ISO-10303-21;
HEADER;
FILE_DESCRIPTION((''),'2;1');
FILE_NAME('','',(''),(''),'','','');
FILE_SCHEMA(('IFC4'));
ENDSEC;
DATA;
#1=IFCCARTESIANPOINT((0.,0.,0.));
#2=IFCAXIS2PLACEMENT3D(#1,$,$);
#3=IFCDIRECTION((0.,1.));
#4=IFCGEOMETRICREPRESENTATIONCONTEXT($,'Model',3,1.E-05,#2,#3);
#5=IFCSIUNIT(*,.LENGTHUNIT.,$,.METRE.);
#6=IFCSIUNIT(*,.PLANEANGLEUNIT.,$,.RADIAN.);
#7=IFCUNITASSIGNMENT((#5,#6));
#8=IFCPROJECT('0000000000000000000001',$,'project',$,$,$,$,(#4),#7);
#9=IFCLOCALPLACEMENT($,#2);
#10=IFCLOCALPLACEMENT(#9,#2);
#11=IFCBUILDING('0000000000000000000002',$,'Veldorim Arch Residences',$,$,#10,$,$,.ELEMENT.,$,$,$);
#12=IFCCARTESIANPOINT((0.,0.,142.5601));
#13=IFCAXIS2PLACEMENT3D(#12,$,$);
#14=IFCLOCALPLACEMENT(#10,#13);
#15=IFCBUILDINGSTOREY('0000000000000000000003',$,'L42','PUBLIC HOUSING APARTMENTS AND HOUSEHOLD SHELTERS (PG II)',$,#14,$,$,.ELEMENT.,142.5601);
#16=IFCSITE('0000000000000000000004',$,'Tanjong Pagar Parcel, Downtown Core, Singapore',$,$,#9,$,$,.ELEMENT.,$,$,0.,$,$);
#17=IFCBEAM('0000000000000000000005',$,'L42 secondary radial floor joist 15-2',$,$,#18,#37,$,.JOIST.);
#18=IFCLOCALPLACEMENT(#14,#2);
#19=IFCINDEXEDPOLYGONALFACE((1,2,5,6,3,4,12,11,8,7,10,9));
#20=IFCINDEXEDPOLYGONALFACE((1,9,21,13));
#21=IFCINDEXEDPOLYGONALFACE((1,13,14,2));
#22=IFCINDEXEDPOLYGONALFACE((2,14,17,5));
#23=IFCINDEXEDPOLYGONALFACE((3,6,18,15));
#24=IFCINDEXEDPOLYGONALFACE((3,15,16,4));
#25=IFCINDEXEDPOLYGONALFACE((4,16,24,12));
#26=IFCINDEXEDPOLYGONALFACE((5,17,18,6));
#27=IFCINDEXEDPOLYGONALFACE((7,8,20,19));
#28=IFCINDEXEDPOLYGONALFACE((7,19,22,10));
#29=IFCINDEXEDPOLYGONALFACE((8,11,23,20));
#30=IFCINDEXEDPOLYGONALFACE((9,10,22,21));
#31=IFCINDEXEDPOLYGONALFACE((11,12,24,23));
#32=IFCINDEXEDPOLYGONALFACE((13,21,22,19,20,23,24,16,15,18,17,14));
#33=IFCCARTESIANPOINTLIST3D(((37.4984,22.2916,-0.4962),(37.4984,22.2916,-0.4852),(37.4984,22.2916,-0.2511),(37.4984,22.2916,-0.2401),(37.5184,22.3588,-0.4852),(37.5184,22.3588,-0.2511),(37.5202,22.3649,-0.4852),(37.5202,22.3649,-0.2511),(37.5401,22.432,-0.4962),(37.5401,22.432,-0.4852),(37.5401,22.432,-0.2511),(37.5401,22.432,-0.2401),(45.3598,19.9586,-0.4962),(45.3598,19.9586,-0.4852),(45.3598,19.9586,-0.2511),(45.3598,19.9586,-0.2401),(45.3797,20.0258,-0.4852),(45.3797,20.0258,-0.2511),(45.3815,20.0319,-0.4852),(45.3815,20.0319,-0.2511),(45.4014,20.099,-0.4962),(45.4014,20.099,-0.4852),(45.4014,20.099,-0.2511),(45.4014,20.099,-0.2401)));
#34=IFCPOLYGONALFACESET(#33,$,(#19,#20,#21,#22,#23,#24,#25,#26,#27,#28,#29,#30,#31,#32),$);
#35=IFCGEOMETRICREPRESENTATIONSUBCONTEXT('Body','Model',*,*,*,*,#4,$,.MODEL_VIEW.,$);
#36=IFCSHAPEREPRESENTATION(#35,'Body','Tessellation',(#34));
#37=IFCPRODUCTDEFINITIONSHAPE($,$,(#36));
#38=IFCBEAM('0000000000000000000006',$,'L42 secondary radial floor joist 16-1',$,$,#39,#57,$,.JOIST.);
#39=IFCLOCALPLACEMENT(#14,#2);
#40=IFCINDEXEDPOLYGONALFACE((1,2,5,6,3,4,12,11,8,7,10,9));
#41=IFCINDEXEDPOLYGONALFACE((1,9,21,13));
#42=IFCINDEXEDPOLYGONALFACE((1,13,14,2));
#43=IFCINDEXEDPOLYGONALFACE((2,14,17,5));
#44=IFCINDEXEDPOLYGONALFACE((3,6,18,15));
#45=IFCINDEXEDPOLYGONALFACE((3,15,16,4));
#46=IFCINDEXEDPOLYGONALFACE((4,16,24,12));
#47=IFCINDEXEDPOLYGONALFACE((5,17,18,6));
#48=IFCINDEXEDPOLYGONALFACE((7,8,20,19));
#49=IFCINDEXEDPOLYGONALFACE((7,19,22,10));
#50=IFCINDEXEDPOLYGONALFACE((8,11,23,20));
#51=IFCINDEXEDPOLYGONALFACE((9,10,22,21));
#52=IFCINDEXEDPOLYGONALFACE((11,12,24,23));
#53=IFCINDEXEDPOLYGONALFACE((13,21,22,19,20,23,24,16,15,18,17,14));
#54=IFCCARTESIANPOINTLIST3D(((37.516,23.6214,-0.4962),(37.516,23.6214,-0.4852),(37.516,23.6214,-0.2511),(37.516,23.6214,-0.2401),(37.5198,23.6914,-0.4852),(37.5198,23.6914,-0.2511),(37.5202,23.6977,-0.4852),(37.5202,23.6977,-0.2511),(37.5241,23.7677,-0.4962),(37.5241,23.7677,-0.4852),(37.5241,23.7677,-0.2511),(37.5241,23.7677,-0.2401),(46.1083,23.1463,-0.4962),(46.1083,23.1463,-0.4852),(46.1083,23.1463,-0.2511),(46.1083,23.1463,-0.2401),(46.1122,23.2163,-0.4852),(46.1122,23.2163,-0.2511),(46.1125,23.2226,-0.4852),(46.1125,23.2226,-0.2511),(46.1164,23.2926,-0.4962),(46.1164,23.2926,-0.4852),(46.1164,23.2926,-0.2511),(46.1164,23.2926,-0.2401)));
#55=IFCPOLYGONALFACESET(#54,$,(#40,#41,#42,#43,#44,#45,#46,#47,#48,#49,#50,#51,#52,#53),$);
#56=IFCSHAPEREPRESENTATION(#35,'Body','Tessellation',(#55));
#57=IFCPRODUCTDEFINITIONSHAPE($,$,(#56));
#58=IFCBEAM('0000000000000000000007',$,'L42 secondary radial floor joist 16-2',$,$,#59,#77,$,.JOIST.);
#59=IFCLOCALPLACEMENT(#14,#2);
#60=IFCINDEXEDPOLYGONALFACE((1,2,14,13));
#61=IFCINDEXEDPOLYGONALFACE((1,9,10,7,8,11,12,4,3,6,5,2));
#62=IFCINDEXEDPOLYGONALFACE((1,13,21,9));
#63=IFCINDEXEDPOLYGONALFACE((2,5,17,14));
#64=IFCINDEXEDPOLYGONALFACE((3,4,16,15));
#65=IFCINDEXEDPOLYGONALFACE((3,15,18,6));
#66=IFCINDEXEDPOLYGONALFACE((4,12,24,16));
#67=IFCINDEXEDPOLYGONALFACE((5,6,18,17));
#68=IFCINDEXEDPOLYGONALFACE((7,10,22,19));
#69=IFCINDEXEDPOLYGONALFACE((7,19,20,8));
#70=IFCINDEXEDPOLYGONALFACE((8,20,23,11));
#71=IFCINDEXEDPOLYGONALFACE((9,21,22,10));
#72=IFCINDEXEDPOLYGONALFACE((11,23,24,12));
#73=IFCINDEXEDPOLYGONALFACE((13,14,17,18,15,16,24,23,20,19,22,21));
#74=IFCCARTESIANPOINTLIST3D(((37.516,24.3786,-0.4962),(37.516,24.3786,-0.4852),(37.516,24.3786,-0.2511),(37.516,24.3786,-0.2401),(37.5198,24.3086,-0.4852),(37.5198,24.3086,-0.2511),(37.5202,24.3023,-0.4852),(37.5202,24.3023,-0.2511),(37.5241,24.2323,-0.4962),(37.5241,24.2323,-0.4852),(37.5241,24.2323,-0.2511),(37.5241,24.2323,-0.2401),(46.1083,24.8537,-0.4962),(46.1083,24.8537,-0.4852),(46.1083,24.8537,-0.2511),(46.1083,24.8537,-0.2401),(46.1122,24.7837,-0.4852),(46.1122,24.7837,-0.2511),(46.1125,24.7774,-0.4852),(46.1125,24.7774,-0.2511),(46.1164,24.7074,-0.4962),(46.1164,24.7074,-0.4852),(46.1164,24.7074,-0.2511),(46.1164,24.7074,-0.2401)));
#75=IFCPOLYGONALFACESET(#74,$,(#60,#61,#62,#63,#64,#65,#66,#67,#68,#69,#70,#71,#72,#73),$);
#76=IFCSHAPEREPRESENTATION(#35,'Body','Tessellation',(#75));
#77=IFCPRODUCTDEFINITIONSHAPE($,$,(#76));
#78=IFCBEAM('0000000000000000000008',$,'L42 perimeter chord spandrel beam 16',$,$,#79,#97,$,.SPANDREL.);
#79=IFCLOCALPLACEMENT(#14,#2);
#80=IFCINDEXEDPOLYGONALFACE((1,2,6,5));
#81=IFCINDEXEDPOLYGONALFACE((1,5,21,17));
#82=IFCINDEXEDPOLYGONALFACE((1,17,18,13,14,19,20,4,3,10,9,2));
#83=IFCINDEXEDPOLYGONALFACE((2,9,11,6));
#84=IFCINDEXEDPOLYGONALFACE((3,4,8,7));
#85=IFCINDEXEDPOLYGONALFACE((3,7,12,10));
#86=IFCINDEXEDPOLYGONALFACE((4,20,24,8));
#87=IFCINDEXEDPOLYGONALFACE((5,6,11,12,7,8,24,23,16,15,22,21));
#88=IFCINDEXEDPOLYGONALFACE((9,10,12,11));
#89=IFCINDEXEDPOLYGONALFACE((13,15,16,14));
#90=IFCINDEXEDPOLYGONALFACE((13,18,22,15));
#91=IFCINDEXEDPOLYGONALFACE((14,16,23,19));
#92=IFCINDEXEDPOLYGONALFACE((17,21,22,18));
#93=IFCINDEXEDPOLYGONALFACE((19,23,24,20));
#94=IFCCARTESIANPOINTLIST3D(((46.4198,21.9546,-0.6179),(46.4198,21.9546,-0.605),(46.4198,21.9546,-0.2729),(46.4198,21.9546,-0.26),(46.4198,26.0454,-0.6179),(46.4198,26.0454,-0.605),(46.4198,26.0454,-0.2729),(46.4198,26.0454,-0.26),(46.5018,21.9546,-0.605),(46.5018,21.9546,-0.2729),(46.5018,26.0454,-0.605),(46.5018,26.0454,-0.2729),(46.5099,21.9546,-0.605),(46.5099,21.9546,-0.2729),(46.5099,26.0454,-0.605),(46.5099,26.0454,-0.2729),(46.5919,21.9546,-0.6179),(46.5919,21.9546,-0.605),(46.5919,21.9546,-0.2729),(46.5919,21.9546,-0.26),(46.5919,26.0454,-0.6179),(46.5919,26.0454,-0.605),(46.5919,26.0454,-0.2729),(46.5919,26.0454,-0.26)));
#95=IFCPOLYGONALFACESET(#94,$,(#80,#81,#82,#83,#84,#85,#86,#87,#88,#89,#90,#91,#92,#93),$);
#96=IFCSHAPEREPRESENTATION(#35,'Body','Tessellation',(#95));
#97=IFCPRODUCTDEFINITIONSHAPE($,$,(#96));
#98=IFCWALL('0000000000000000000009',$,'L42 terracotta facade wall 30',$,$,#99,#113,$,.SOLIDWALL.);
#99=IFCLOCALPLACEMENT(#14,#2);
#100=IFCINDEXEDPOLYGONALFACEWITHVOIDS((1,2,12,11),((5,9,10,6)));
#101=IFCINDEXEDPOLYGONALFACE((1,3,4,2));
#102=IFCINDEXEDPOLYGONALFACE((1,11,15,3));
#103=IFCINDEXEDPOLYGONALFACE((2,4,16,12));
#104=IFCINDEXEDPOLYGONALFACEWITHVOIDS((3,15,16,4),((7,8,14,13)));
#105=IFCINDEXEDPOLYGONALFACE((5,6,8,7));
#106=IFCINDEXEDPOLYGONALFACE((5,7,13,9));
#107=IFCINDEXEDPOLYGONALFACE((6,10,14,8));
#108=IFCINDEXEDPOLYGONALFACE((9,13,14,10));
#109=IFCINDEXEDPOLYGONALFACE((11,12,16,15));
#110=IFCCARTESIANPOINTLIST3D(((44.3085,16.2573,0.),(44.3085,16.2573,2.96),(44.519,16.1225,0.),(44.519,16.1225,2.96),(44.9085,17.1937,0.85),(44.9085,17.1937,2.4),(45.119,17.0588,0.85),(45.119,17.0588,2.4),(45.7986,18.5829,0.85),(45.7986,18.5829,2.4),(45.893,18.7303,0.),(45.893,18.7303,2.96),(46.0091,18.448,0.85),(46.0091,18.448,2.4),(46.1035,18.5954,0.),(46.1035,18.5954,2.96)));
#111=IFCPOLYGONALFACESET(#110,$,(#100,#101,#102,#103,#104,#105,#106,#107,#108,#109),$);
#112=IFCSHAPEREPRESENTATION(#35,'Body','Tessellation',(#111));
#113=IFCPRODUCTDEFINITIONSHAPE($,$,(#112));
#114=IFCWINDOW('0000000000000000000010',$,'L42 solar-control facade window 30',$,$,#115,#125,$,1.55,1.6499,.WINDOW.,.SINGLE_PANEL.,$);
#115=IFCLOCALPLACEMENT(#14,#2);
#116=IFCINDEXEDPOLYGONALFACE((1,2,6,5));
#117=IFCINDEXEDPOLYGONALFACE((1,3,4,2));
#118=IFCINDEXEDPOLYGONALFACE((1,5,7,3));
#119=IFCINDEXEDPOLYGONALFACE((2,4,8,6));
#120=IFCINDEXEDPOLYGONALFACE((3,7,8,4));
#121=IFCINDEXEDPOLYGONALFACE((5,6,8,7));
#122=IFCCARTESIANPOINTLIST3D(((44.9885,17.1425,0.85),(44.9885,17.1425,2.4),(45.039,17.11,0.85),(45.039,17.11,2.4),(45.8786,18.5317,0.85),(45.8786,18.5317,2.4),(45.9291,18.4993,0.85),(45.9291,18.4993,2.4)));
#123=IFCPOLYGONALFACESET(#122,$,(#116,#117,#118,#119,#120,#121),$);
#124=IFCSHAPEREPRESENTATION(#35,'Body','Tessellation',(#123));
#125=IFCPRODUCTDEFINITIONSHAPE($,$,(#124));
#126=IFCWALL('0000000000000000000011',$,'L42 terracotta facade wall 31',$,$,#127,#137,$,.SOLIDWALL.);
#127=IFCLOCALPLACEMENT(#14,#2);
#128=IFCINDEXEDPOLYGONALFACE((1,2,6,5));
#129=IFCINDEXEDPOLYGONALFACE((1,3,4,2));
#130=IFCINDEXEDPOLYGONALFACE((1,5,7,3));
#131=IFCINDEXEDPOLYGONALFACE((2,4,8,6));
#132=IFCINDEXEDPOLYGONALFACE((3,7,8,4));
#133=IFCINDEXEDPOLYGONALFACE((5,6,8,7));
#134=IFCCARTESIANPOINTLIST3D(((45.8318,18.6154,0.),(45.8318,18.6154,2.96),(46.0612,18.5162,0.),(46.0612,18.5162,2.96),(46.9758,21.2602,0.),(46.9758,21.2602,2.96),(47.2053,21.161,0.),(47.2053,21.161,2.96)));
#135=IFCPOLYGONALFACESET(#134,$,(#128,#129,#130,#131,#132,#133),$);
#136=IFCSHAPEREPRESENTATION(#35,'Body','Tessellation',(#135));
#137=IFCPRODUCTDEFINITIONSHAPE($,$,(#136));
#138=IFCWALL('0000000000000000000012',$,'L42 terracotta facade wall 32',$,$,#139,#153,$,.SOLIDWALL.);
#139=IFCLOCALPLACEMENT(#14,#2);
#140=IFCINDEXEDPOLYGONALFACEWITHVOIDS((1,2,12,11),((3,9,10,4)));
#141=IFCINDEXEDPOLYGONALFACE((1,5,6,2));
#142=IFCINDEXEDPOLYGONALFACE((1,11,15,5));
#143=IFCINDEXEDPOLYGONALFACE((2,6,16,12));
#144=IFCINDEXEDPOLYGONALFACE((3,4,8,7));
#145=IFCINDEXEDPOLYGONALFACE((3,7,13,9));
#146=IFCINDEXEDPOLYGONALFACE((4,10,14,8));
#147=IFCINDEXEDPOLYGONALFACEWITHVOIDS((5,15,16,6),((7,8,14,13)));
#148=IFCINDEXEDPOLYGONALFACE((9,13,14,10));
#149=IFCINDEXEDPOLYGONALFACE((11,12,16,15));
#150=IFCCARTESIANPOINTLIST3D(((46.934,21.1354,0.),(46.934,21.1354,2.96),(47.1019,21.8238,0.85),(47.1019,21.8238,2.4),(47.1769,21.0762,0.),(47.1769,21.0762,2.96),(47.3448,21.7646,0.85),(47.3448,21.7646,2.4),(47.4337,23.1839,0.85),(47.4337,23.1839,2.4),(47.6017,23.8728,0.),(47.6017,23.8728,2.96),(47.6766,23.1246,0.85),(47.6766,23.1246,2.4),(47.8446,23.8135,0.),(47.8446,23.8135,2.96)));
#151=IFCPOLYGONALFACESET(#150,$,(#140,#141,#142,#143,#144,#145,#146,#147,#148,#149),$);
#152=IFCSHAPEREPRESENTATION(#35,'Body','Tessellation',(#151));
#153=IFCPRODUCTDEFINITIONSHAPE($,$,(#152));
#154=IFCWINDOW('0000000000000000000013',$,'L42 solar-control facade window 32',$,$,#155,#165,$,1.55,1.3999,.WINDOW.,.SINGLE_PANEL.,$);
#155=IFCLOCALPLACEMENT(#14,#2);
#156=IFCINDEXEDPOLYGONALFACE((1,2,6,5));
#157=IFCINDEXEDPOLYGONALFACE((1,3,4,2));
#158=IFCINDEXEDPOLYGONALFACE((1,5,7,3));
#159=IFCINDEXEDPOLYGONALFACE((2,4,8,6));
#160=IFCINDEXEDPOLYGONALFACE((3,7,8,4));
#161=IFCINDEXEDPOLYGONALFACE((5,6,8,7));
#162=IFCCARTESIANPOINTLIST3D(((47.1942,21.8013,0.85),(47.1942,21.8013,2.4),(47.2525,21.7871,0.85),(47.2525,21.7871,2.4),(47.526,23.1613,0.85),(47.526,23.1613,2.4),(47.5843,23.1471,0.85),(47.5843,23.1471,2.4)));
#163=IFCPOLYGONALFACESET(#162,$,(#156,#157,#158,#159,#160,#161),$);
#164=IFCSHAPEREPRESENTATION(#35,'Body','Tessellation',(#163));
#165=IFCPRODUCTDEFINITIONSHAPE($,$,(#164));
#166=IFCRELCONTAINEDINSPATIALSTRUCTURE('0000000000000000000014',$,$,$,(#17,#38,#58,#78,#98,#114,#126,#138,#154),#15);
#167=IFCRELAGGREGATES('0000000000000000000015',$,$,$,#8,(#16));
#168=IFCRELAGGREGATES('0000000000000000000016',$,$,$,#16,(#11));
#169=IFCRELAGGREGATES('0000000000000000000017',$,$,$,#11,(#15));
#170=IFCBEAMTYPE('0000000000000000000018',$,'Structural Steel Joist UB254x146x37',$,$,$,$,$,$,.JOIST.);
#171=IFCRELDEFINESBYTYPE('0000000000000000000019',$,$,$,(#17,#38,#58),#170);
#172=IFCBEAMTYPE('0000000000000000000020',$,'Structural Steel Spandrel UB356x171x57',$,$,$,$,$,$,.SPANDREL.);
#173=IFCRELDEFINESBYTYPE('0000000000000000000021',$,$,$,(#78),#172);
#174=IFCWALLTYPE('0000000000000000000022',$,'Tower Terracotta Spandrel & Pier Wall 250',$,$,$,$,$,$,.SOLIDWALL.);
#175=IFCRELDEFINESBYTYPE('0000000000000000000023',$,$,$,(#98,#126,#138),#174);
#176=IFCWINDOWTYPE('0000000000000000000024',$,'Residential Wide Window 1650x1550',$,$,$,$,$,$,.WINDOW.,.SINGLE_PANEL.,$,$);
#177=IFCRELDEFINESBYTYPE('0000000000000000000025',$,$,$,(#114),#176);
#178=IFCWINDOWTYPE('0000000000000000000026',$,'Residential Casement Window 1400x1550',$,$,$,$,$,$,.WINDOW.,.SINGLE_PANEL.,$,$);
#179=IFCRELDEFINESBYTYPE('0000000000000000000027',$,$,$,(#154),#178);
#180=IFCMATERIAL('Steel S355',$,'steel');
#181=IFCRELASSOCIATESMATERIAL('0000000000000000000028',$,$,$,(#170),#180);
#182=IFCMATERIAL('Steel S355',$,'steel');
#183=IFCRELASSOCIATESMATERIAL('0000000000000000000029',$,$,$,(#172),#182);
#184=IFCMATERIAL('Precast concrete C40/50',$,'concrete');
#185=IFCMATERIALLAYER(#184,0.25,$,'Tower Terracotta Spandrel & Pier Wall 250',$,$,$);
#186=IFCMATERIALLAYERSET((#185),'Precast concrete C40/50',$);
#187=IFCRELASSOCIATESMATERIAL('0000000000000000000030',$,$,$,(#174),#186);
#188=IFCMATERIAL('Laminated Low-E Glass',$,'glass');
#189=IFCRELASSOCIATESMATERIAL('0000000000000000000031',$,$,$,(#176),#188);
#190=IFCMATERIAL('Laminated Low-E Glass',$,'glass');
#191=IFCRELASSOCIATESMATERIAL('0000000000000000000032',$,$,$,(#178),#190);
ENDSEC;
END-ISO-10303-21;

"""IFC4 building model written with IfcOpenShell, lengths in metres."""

from ifc_helpers import new_model, si_unit, direction, frame, frame_2d, origin, origin_2d, place, context, subcontext, project, spatial, rectangle, i_section, extrude, material, layer, layer_set, material_profile, profile_set, type_object, element, fill, save


model = new_model("IFC4")

# Units and contexts
model_context = context("Model", 3, precision=1e-05, world=origin(), true_north=direction((0.0, 1.0)))
body_context = subcontext(model_context, "Body", "Model", "MODEL_VIEW")
ifc_project = project(units=[si_unit("LENGTHUNIT", "METRE"), si_unit("PLANEANGLEUNIT", "RADIAN")], contexts=[model_context])

# Site, building, storey
site_placement = place(None, origin())
site = spatial("IfcSite", under=ifc_project, at=site_placement, Name="Tanjong Pagar Parcel, Downtown Core, Singapore", CompositionType="ELEMENT", RefElevation=0.0)
building_placement = place(site_placement, origin())
building = spatial("IfcBuilding", under=site, at=building_placement, Name="Veldorim Arch Residences", CompositionType="ELEMENT")
storey_placement = place(building_placement, frame((0.0, 0.0, 142.5601)))
storey = spatial("IfcBuildingStorey", under=building, at=storey_placement, Name="L42", Description="PUBLIC HOUSING APARTMENTS AND HOUSEHOLD SHELTERS (PG II)", CompositionType="ELEMENT", Elevation=142.5601)

# Beams
ifc_material_1 = material(Name="Steel S355", Category="steel")
ifc_material_profile_1 = material_profile(ifc_material_1, i_section(OverallWidth=0.1465, OverallDepth=0.2561, WebThickness=0.0063, FlangeThickness=0.011, at=origin_2d()), Name="UB254x146x37")
ifc_profile_set_1 = profile_set([ifc_material_profile_1], Name="Steel S355")
beam_type_1 = type_object("IfcBeamType", Name="Structural Steel Joist UB254x146x37", PredefinedType="JOIST", material=ifc_profile_set_1)
beam_1_placement = place(storey_placement, frame((37.5193, 22.3618, -0.3682), z_axis=(0.958674, -0.284506, 0.0), x_axis=(0.284506, 0.958674, 0.0)))
element("IfcBeam", 1, at=beam_1_placement, inside=storey, type_object=beam_type_1, Name="L42 secondary radial floor joist 15-2", PredefinedType="JOIST", context=body_context, shape_type="SweptSolid", body=[
    extrude(i_section(OverallWidth=0.1465, OverallDepth=0.2561, WebThickness=0.0063, FlangeThickness=0.011, at=origin_2d()), origin(), (0.0, 0.0, 1.0), 8.2002),
])
for number, where, z_axis, x_axis, name in (
    (2, (37.52, 23.6946, -0.3682), (0.998475, -0.055209, 0.0), (0.055209, 0.998475, 0.0), "L42 secondary radial floor joist 16-1"),
    (3, (37.52, 24.3054, -0.3682), (0.998475, 0.055209, 0.0), (-0.055209, 0.998475, 0.0), "L42 secondary radial floor joist 16-2"),
):
    element("IfcBeam", number, at=place(storey_placement, frame(where, z_axis=z_axis, x_axis=x_axis)), inside=storey, type_object=beam_type_1, Name=name, PredefinedType="JOIST", context=body_context, shape_type="SweptSolid", body=[
        extrude(i_section(OverallWidth=0.1465, OverallDepth=0.2561, WebThickness=0.0063, FlangeThickness=0.011, at=origin_2d()), origin(), (0.0, 0.0, 1.0), 8.6055),
    ])
ifc_material_2 = material(Name="Steel S355", Category="steel")
ifc_material_profile_2 = material_profile(ifc_material_2, i_section(OverallWidth=0.1721, OverallDepth=0.3579, WebThickness=0.0081, FlangeThickness=0.0129, at=origin_2d()), Name="UB356x171x57")
ifc_profile_set_2 = profile_set([ifc_material_profile_2], Name="Steel S355")
beam_type_2 = type_object("IfcBeamType", Name="Structural Steel Spandrel UB356x171x57", PredefinedType="SPANDREL", material=ifc_profile_set_2)
beam_2_placement = place(storey_placement, frame((46.5059, 21.9546, -0.439), z_axis=(0.0, 1.0, 0.0), x_axis=(-1.0, 0.0, 0.0)))
element("IfcBeam", 4, at=beam_2_placement, inside=storey, type_object=beam_type_2, Name="L42 perimeter chord spandrel beam 16", PredefinedType="SPANDREL", context=body_context, shape_type="SweptSolid", body=[
    extrude(i_section(OverallWidth=0.1721, OverallDepth=0.3579, WebThickness=0.0081, FlangeThickness=0.0129, at=origin_2d()), origin(), (0.0, 0.0, 1.0), 4.0908),
])

# Wall, opening, window
ifc_material_3 = material(Name="Precast concrete C40/50", Category="concrete")
ifc_layer_1 = layer(ifc_material_3, 0.25, Name="Tower Terracotta Spandrel & Pier Wall 250")
ifc_layer_set_1 = layer_set([ifc_layer_1], Name="Precast concrete C40/50")
wall_type_1 = type_object("IfcWallType", Name="Tower Terracotta Spandrel & Pier Wall 250", PredefinedType="SOLIDWALL", material=ifc_layer_set_1)
wall_1_placement = place(storey_placement, frame((45.9983, 18.6628, 0.0), z_axis=(0.0, 0.0, 1.0), x_axis=(-0.539492, -0.84199, 0.0)))
wall_1 = element("IfcWall", 5, at=wall_1_placement, inside=storey, type_object=wall_type_1, Name="L42 terracotta facade wall 30", PredefinedType="SOLIDWALL", context=body_context, shape_type="SweptSolid", body=[
    extrude(rectangle(XDim=2.937, YDim=0.25, at=frame_2d((1.4685, 0.0))), origin(), (0.0, 0.0, 1.0), 2.96),
])
opening_1_placement = place(wall_1_placement, frame((0.175, 0.0, 0.8501)))
opening_1 = element("IfcOpeningElement", 6, at=opening_1_placement, cuts=wall_1, PredefinedType="OPENING", context=body_context, shape_type="SweptSolid", body=[
    extrude(rectangle(XDim=1.6499, YDim=1.55, at=frame_2d((0.825, 0.7749))), frame((0.0, 0.135, 0.0), z_axis=(0.0, -1.0, 0.0), x_axis=(1.0, 0.0, 0.0)), (0.0, 0.0, 1.0), 0.27),
])
ifc_material_4 = material(Name="Laminated Low-E Glass", Category="glass")
window_type_1 = type_object("IfcWindowType", Name="Residential Wide Window 1650x1550", PartitioningType="SINGLE_PANEL", PredefinedType="WINDOW", material=ifc_material_4)
window_1_placement = place(opening_1_placement, origin())
window_1 = element("IfcWindow", 7, at=window_1_placement, inside=storey, type_object=window_type_1, Name="L42 solar-control facade window 30", OverallHeight=1.55, OverallWidth=1.6499, PartitioningType="SINGLE_PANEL", PredefinedType="WINDOW", context=body_context, shape_type="SweptSolid", body=[
    extrude(rectangle(XDim=1.6499, YDim=1.55, at=frame_2d((0.825, 0.7749))), frame((0.0, 0.03, 0.0), z_axis=(0.0, -1.0, 0.0), x_axis=(1.0, 0.0, 0.0)), (0.0, 0.0, 1.0), 0.0601),
])
fill(opening_1, window_1)

# Wall
wall_2_placement = place(storey_placement, frame((47.0906, 21.2107, 0.0), z_axis=(0.0, 0.0, 1.0), x_axis=(-0.397015, -0.917812, 0.0)))
element("IfcWall", 8, at=wall_2_placement, inside=storey, type_object=wall_type_1, Name="L42 terracotta facade wall 31", PredefinedType="SOLIDWALL", context=body_context, shape_type="SweptSolid", body=[
    extrude(rectangle(XDim=2.8816, YDim=0.25, at=frame_2d((1.4409, 0.0))), origin(), (0.0, 0.0, 1.0), 2.96),
])

# Wall, opening, window
wall_3_placement = place(storey_placement, frame((47.7231, 23.843, 0.0), z_axis=(0.0, 0.0, 1.0), x_axis=(-0.236986, -0.971513, 0.0)))
wall_3 = element("IfcWall", 9, at=wall_3_placement, inside=storey, type_object=wall_type_1, Name="L42 terracotta facade wall 32", PredefinedType="SOLIDWALL", context=body_context, shape_type="SweptSolid", body=[
    extrude(rectangle(XDim=2.8176, YDim=0.25, at=frame_2d((1.4087, 0.0))), origin(), (0.0, 0.0, 1.0), 2.96),
])
opening_2_placement = place(wall_3_placement, frame((0.709, 0.0, 0.8501)))
opening_2 = element("IfcOpeningElement", 10, at=opening_2_placement, cuts=wall_3, PredefinedType="OPENING", context=body_context, shape_type="SweptSolid", body=[
    extrude(rectangle(XDim=1.3999, YDim=1.55, at=frame_2d((0.7, 0.7749))), frame((0.0, 0.135, 0.0), z_axis=(0.0, -1.0, 0.0), x_axis=(1.0, 0.0, 0.0)), (0.0, 0.0, 1.0), 0.27),
])
ifc_material_5 = material(Name="Laminated Low-E Glass", Category="glass")
window_type_2 = type_object("IfcWindowType", Name="Residential Casement Window 1400x1550", PartitioningType="SINGLE_PANEL", PredefinedType="WINDOW", material=ifc_material_5)
window_2_placement = place(opening_2_placement, origin())
window_2 = element("IfcWindow", 11, at=window_2_placement, inside=storey, type_object=window_type_2, Name="L42 solar-control facade window 32", OverallHeight=1.55, OverallWidth=1.3999, PartitioningType="SINGLE_PANEL", PredefinedType="WINDOW", context=body_context, shape_type="SweptSolid", body=[
    extrude(rectangle(XDim=1.3999, YDim=1.55, at=frame_2d((0.7, 0.7749))), frame((0.0, 0.03, 0.0), z_axis=(0.0, -1.0, 0.0), x_axis=(1.0, 0.0, 0.0)), (0.0, 0.0, 1.0), 0.0601),
])
fill(opening_2, window_2)

save(model, "model.ifc")
